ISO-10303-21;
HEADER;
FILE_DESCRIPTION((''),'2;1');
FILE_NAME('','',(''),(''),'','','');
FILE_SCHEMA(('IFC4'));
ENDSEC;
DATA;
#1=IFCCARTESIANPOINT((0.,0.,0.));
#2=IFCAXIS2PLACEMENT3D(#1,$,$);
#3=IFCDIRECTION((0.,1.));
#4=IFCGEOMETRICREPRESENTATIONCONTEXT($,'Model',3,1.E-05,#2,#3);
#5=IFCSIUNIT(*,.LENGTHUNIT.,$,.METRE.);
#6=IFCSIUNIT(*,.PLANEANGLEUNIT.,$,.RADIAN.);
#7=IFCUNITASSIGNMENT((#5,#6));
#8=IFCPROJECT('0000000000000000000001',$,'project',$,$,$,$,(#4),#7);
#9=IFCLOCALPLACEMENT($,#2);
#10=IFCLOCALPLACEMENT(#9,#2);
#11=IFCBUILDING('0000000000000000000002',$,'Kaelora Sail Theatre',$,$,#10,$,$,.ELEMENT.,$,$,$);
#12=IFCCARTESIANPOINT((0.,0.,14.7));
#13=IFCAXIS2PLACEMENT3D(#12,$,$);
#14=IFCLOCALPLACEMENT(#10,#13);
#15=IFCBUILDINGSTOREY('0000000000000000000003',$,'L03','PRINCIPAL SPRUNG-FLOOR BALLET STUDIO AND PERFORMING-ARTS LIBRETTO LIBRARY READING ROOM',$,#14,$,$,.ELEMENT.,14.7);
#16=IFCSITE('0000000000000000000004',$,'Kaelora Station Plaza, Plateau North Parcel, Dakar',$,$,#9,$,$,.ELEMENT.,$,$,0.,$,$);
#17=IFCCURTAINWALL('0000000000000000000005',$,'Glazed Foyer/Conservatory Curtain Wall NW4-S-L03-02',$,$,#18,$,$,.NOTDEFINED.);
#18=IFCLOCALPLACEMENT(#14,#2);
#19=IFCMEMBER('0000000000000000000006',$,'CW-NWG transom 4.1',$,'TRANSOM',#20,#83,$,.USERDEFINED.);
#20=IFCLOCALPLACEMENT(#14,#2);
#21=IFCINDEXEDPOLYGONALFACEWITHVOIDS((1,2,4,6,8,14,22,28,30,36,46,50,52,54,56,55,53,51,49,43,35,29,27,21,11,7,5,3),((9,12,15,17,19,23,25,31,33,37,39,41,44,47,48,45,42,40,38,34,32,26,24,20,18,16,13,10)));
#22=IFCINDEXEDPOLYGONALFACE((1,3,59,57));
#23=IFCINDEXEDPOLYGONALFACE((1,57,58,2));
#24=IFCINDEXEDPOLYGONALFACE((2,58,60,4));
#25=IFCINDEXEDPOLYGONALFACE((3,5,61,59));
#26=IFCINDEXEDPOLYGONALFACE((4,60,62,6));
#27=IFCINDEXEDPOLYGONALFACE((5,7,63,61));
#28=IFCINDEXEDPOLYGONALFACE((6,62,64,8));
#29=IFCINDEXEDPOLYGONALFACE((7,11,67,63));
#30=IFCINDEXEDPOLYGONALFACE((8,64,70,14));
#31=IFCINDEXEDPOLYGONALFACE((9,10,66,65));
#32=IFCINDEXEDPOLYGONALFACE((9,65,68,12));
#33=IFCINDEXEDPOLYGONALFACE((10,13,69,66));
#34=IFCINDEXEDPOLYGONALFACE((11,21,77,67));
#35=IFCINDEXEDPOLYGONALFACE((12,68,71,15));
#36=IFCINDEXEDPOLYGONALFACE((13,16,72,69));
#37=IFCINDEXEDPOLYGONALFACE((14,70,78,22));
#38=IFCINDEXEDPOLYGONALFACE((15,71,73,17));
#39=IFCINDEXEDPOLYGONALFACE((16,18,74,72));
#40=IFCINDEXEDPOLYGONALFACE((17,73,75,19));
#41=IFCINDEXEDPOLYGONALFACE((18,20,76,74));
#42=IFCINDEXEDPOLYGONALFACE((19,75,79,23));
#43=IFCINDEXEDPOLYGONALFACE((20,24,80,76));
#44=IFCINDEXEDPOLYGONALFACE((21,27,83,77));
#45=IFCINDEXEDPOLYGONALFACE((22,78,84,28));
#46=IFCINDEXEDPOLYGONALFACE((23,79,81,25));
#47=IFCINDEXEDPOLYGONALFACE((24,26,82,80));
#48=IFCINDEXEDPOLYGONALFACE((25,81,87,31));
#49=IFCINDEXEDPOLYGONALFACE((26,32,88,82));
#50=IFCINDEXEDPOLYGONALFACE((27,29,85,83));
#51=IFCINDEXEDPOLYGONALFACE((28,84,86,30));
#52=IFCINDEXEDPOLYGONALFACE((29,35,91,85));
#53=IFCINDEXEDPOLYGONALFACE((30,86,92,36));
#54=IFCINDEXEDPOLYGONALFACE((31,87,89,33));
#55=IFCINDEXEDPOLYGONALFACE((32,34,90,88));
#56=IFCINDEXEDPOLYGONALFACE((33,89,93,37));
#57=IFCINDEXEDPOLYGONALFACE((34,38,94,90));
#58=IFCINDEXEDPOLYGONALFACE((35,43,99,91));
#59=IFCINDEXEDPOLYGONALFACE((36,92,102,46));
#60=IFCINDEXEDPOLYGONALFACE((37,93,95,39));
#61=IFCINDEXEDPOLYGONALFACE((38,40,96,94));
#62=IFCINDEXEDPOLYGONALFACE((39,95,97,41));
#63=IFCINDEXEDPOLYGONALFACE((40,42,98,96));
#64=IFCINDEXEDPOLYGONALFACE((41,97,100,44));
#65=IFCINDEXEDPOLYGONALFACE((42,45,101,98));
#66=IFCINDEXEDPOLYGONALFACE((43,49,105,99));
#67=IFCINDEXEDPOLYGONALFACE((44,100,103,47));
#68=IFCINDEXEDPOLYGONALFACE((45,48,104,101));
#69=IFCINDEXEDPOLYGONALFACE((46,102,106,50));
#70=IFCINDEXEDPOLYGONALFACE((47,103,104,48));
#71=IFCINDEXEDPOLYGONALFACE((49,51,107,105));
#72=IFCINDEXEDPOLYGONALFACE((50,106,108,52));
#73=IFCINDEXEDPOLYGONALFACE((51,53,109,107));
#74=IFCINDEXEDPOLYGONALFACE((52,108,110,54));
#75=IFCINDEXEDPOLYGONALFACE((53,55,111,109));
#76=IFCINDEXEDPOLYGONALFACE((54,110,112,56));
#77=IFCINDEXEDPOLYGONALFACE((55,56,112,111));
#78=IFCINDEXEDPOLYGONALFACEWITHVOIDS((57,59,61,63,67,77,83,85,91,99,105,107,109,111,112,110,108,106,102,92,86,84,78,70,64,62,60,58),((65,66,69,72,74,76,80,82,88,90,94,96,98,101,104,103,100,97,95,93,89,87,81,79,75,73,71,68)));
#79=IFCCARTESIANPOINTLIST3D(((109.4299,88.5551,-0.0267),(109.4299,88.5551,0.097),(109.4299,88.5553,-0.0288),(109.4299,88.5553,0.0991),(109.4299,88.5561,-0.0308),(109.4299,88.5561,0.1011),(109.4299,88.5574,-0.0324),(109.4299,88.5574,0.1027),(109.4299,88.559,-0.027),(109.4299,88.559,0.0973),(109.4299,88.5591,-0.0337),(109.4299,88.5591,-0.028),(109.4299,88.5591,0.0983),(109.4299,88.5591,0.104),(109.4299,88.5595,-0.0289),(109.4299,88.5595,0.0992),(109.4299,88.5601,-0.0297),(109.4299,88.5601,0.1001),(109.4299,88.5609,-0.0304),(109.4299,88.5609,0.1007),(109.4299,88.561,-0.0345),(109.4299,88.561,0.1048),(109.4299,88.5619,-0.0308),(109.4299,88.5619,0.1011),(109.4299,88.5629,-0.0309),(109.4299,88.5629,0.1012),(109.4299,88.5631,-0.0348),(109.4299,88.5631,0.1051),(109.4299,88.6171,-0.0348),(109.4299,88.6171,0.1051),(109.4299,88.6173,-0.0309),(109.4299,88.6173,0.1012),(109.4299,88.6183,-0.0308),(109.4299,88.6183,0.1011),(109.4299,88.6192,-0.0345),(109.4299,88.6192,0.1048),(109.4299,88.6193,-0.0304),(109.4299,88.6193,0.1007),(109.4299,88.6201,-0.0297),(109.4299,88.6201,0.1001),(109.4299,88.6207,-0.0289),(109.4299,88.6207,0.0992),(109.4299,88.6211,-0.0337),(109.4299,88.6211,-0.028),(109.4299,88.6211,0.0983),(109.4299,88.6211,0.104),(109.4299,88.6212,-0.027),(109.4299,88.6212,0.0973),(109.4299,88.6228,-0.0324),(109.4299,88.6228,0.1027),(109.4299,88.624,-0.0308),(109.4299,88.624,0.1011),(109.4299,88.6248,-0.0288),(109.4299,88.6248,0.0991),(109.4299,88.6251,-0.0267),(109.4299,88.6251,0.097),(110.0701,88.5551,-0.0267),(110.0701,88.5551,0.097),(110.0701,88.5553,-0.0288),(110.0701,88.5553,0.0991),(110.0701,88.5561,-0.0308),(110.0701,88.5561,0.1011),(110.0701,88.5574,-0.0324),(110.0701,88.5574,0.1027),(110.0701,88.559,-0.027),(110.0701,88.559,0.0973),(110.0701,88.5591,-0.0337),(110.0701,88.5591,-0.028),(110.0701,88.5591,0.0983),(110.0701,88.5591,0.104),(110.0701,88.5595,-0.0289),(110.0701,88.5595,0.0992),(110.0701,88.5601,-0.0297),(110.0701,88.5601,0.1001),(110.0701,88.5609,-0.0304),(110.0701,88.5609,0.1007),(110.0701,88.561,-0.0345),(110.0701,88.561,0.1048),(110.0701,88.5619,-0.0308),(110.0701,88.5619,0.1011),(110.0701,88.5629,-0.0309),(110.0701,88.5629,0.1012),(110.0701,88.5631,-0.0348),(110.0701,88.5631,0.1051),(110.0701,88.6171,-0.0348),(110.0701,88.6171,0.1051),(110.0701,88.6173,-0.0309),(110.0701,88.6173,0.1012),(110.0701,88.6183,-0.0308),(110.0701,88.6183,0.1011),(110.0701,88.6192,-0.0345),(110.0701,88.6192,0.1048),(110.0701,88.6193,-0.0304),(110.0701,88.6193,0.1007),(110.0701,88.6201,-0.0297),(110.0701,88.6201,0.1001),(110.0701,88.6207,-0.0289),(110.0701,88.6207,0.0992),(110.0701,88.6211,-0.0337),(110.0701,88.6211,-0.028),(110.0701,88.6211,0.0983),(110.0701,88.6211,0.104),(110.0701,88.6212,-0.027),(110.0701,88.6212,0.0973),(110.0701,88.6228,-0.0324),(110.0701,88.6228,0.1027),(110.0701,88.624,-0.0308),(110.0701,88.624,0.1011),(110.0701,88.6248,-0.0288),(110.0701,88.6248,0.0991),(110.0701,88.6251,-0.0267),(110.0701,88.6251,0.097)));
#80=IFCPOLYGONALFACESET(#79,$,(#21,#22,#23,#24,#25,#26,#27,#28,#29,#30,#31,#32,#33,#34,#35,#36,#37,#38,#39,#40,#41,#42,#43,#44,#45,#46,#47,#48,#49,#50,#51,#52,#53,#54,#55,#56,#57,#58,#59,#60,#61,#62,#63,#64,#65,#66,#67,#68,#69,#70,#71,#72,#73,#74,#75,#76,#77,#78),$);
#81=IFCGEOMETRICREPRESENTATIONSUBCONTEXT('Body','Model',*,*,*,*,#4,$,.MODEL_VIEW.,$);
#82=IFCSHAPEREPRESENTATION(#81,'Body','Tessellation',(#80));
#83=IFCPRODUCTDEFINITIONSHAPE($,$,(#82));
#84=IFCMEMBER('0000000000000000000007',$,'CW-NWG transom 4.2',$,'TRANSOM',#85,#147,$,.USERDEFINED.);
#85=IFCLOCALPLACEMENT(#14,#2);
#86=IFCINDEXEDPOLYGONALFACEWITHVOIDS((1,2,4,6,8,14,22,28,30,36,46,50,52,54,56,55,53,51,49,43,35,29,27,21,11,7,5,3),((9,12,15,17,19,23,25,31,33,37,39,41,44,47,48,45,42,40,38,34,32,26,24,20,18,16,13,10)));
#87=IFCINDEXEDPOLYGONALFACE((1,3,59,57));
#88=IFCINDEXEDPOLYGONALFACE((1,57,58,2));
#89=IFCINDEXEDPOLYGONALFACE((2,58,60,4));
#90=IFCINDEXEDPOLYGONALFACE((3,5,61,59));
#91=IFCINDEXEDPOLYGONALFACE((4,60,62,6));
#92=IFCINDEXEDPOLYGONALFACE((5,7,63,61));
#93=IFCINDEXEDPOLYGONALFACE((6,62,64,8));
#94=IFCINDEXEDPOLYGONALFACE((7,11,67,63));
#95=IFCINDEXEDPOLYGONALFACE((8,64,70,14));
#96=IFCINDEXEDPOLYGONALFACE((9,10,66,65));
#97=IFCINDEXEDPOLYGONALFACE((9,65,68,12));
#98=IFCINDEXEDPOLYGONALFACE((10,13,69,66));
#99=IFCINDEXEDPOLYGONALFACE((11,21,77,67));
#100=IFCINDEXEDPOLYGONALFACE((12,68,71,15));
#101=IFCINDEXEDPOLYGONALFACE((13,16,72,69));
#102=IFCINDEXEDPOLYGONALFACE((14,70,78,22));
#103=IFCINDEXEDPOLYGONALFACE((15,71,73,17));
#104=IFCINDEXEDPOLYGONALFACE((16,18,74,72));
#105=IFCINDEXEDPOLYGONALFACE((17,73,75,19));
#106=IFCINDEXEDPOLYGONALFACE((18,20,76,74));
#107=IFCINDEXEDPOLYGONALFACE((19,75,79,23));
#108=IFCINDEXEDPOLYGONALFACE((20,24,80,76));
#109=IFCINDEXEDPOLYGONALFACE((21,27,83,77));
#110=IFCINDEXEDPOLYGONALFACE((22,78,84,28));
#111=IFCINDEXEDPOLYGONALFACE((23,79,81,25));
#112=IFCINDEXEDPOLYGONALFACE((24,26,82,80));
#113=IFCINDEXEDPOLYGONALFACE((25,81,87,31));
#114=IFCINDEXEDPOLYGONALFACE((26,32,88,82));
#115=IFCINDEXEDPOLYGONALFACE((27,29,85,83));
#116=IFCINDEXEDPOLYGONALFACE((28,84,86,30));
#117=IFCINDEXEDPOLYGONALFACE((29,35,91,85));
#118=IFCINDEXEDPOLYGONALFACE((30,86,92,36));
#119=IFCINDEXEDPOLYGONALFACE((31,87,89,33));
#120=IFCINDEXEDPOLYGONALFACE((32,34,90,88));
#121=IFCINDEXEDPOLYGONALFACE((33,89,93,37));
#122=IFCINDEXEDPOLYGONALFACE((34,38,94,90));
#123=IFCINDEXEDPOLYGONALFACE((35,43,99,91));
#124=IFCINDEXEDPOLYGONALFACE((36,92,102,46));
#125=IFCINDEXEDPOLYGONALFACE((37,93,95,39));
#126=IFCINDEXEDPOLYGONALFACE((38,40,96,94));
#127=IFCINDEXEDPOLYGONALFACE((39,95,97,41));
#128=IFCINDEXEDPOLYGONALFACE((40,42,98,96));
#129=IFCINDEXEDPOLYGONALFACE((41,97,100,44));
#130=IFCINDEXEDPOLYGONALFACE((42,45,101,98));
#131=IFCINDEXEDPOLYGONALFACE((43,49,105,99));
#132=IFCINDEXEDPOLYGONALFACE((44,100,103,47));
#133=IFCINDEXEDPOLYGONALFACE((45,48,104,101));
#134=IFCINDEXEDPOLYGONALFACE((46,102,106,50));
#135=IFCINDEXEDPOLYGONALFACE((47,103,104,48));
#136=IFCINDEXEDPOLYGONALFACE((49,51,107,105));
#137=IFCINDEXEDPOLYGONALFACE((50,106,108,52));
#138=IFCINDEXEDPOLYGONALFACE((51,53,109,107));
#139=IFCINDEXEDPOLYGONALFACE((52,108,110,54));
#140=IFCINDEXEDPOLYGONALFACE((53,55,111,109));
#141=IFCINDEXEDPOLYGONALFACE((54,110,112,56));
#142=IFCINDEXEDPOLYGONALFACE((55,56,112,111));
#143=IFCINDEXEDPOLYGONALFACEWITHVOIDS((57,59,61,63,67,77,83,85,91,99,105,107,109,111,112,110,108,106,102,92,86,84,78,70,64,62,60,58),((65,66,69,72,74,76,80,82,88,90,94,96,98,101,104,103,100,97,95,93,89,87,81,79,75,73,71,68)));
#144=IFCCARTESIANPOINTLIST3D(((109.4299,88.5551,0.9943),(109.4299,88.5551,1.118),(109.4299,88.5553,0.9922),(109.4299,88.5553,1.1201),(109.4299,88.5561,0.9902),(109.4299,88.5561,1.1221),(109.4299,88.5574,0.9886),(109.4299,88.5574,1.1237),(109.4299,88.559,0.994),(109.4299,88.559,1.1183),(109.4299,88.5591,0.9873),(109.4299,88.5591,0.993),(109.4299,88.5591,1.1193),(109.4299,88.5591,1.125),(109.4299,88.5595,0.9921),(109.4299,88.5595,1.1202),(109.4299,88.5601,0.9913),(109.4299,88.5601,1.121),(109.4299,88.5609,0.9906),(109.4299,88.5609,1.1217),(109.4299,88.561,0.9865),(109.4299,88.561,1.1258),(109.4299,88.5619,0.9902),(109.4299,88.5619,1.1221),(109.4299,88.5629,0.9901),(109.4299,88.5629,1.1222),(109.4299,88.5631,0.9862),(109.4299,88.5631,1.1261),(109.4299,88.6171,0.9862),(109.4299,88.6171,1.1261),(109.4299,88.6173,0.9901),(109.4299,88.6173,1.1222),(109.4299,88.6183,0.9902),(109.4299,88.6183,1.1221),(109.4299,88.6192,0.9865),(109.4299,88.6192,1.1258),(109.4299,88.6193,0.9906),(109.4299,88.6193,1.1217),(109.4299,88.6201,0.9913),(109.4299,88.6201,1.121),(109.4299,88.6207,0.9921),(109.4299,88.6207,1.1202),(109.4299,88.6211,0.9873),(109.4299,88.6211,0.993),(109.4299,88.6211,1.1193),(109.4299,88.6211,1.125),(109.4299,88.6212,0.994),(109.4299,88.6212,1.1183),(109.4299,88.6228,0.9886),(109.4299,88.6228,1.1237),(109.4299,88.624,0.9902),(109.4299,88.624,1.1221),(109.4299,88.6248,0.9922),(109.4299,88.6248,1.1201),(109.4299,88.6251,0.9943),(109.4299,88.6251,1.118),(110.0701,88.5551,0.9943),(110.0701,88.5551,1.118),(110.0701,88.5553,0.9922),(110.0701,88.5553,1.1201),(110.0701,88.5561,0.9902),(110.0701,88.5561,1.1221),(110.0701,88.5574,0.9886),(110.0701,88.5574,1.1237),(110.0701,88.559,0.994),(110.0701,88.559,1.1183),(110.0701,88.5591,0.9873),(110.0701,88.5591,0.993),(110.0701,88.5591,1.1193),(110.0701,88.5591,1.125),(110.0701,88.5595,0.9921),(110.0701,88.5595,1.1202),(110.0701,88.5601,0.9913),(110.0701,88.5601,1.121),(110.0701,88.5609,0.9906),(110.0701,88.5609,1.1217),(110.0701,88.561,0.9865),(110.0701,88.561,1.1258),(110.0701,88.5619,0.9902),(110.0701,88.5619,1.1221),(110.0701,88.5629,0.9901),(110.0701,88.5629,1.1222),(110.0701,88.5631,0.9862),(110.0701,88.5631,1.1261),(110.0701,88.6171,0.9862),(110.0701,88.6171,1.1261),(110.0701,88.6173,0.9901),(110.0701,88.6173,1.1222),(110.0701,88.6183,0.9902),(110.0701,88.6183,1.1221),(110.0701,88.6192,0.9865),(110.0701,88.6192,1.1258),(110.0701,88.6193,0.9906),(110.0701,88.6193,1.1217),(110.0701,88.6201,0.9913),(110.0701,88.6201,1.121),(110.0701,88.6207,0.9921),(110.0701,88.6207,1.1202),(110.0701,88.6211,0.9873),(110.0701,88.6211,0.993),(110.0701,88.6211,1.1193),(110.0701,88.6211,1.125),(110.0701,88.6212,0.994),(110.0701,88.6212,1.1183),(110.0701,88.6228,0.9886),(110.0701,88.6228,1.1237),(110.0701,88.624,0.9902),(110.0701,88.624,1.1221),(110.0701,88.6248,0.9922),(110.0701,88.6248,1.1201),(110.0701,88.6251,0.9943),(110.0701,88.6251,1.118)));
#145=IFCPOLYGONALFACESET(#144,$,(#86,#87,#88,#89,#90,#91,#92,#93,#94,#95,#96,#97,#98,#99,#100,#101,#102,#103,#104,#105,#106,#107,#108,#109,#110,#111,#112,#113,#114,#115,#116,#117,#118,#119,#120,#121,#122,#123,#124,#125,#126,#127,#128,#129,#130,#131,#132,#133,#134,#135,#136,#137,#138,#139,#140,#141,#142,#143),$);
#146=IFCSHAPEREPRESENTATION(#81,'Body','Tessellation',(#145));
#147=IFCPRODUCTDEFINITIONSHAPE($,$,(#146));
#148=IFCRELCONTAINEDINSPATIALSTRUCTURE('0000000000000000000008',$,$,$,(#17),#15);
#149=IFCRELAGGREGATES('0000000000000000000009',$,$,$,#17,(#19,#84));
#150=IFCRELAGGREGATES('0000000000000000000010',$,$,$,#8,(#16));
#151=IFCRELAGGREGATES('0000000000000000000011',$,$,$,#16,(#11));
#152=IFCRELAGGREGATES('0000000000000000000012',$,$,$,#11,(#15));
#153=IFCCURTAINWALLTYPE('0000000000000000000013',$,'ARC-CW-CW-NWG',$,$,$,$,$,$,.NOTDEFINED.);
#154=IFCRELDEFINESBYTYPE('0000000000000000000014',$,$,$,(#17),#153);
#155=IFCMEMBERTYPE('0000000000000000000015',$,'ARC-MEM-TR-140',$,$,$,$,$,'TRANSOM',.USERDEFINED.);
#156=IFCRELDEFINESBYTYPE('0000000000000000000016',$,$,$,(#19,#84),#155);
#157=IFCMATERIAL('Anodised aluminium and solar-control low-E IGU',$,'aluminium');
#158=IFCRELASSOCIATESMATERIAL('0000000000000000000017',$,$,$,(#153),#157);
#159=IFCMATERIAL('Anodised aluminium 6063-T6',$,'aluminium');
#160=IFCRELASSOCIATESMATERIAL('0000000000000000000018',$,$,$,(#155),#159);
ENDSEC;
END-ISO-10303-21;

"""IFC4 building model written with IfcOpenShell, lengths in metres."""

from ifc_helpers import new_model, si_unit, direction, frame, origin, origin_2d, place, context, subcontext, project, spatial, hollow_rectangle, extrude, material, material_profile, profile_set, type_object, element, aggregate, save


model = new_model("IFC4")

# Units and contexts
model_context = context("Model", 3, precision=1e-05, world=origin(), true_north=direction((0.0, 1.0)))
body_context = subcontext(model_context, "Body", "Model", "MODEL_VIEW")
ifc_project = project(units=[si_unit("LENGTHUNIT", "METRE"), si_unit("PLANEANGLEUNIT", "RADIAN")], contexts=[model_context])

# Site, building, storey
site_placement = place(None, origin())
site = spatial("IfcSite", under=ifc_project, at=site_placement, Name="Kaelora Station Plaza, Plateau North Parcel, Dakar", CompositionType="ELEMENT", RefElevation=0.0)
building_placement = place(site_placement, origin())
building = spatial("IfcBuilding", under=site, at=building_placement, Name="Kaelora Sail Theatre", CompositionType="ELEMENT")
storey_placement = place(building_placement, frame((0.0, 0.0, 14.7)))
storey = spatial("IfcBuildingStorey", under=building, at=storey_placement, Name="L03", Description="PRINCIPAL SPRUNG-FLOOR BALLET STUDIO AND PERFORMING-ARTS LIBRETTO LIBRARY READING ROOM", CompositionType="ELEMENT", Elevation=14.7)

# Curtain wall, members
ifc_material_1 = material(Name="Anodised aluminium and solar-control low-E IGU", Category="aluminium")
curtain_wall_type = type_object("IfcCurtainWallType", Name="ARC-CW-CW-NWG", PredefinedType="NOTDEFINED", material=ifc_material_1)
curtain_wall_placement = place(storey_placement, origin())
curtain_wall = element("IfcCurtainWall", 1, at=curtain_wall_placement, inside=storey, type_object=curtain_wall_type, Name="Glazed Foyer/Conservatory Curtain Wall NW4-S-L03-02", PredefinedType="NOTDEFINED")
ifc_material_2 = material(Name="Anodised aluminium 6063-T6", Category="aluminium")
ifc_material_profile_1 = material_profile(ifc_material_2, hollow_rectangle(XDim=0.0701, YDim=0.1399, WallThickness=0.0039, InnerFilletRadius=0.0039, OuterFilletRadius=0.0081, at=origin_2d()), Name="ALU-TRAN 70x140x4")
ifc_profile_set_1 = profile_set([ifc_material_profile_1], Name="Anodised aluminium 6063-T6")
member_type_1 = type_object("IfcMemberType", Name="ARC-MEM-TR-140", ElementType="TRANSOM", PredefinedType="USERDEFINED", material=ifc_profile_set_1)
member_1_placement = place(storey_placement, frame((109.4299, 88.5901, 0.0352), z_axis=(1.0, 0.0, 0.0), x_axis=(0.0, 1.0, 0.0)))
member_1 = element("IfcMember", 2, at=member_1_placement, type_object=member_type_1, Name="CW-NWG transom 4.1", ObjectType="TRANSOM", PredefinedType="USERDEFINED", context=body_context, shape_type="SweptSolid", body=[
    extrude(hollow_rectangle(XDim=0.0701, YDim=0.1399, WallThickness=0.0039, InnerFilletRadius=0.0039, OuterFilletRadius=0.0081, at=origin_2d()), origin(), (0.0, 0.0, 1.0), 0.6401),
])
member_2_placement = place(storey_placement, frame((109.4299, 88.5901, 1.0562), z_axis=(1.0, 0.0, 0.0), x_axis=(0.0, 1.0, 0.0)))
member_2 = element("IfcMember", 3, at=member_2_placement, type_object=member_type_1, Name="CW-NWG transom 4.2", ObjectType="TRANSOM", PredefinedType="USERDEFINED", context=body_context, shape_type="SweptSolid", body=[
    extrude(hollow_rectangle(XDim=0.0701, YDim=0.1399, WallThickness=0.0039, InnerFilletRadius=0.0039, OuterFilletRadius=0.0081, at=origin_2d()), origin(), (0.0, 0.0, 1.0), 0.6401),
])
aggregate(curtain_wall, [member_1, member_2])

save(model, "model.ifc")
